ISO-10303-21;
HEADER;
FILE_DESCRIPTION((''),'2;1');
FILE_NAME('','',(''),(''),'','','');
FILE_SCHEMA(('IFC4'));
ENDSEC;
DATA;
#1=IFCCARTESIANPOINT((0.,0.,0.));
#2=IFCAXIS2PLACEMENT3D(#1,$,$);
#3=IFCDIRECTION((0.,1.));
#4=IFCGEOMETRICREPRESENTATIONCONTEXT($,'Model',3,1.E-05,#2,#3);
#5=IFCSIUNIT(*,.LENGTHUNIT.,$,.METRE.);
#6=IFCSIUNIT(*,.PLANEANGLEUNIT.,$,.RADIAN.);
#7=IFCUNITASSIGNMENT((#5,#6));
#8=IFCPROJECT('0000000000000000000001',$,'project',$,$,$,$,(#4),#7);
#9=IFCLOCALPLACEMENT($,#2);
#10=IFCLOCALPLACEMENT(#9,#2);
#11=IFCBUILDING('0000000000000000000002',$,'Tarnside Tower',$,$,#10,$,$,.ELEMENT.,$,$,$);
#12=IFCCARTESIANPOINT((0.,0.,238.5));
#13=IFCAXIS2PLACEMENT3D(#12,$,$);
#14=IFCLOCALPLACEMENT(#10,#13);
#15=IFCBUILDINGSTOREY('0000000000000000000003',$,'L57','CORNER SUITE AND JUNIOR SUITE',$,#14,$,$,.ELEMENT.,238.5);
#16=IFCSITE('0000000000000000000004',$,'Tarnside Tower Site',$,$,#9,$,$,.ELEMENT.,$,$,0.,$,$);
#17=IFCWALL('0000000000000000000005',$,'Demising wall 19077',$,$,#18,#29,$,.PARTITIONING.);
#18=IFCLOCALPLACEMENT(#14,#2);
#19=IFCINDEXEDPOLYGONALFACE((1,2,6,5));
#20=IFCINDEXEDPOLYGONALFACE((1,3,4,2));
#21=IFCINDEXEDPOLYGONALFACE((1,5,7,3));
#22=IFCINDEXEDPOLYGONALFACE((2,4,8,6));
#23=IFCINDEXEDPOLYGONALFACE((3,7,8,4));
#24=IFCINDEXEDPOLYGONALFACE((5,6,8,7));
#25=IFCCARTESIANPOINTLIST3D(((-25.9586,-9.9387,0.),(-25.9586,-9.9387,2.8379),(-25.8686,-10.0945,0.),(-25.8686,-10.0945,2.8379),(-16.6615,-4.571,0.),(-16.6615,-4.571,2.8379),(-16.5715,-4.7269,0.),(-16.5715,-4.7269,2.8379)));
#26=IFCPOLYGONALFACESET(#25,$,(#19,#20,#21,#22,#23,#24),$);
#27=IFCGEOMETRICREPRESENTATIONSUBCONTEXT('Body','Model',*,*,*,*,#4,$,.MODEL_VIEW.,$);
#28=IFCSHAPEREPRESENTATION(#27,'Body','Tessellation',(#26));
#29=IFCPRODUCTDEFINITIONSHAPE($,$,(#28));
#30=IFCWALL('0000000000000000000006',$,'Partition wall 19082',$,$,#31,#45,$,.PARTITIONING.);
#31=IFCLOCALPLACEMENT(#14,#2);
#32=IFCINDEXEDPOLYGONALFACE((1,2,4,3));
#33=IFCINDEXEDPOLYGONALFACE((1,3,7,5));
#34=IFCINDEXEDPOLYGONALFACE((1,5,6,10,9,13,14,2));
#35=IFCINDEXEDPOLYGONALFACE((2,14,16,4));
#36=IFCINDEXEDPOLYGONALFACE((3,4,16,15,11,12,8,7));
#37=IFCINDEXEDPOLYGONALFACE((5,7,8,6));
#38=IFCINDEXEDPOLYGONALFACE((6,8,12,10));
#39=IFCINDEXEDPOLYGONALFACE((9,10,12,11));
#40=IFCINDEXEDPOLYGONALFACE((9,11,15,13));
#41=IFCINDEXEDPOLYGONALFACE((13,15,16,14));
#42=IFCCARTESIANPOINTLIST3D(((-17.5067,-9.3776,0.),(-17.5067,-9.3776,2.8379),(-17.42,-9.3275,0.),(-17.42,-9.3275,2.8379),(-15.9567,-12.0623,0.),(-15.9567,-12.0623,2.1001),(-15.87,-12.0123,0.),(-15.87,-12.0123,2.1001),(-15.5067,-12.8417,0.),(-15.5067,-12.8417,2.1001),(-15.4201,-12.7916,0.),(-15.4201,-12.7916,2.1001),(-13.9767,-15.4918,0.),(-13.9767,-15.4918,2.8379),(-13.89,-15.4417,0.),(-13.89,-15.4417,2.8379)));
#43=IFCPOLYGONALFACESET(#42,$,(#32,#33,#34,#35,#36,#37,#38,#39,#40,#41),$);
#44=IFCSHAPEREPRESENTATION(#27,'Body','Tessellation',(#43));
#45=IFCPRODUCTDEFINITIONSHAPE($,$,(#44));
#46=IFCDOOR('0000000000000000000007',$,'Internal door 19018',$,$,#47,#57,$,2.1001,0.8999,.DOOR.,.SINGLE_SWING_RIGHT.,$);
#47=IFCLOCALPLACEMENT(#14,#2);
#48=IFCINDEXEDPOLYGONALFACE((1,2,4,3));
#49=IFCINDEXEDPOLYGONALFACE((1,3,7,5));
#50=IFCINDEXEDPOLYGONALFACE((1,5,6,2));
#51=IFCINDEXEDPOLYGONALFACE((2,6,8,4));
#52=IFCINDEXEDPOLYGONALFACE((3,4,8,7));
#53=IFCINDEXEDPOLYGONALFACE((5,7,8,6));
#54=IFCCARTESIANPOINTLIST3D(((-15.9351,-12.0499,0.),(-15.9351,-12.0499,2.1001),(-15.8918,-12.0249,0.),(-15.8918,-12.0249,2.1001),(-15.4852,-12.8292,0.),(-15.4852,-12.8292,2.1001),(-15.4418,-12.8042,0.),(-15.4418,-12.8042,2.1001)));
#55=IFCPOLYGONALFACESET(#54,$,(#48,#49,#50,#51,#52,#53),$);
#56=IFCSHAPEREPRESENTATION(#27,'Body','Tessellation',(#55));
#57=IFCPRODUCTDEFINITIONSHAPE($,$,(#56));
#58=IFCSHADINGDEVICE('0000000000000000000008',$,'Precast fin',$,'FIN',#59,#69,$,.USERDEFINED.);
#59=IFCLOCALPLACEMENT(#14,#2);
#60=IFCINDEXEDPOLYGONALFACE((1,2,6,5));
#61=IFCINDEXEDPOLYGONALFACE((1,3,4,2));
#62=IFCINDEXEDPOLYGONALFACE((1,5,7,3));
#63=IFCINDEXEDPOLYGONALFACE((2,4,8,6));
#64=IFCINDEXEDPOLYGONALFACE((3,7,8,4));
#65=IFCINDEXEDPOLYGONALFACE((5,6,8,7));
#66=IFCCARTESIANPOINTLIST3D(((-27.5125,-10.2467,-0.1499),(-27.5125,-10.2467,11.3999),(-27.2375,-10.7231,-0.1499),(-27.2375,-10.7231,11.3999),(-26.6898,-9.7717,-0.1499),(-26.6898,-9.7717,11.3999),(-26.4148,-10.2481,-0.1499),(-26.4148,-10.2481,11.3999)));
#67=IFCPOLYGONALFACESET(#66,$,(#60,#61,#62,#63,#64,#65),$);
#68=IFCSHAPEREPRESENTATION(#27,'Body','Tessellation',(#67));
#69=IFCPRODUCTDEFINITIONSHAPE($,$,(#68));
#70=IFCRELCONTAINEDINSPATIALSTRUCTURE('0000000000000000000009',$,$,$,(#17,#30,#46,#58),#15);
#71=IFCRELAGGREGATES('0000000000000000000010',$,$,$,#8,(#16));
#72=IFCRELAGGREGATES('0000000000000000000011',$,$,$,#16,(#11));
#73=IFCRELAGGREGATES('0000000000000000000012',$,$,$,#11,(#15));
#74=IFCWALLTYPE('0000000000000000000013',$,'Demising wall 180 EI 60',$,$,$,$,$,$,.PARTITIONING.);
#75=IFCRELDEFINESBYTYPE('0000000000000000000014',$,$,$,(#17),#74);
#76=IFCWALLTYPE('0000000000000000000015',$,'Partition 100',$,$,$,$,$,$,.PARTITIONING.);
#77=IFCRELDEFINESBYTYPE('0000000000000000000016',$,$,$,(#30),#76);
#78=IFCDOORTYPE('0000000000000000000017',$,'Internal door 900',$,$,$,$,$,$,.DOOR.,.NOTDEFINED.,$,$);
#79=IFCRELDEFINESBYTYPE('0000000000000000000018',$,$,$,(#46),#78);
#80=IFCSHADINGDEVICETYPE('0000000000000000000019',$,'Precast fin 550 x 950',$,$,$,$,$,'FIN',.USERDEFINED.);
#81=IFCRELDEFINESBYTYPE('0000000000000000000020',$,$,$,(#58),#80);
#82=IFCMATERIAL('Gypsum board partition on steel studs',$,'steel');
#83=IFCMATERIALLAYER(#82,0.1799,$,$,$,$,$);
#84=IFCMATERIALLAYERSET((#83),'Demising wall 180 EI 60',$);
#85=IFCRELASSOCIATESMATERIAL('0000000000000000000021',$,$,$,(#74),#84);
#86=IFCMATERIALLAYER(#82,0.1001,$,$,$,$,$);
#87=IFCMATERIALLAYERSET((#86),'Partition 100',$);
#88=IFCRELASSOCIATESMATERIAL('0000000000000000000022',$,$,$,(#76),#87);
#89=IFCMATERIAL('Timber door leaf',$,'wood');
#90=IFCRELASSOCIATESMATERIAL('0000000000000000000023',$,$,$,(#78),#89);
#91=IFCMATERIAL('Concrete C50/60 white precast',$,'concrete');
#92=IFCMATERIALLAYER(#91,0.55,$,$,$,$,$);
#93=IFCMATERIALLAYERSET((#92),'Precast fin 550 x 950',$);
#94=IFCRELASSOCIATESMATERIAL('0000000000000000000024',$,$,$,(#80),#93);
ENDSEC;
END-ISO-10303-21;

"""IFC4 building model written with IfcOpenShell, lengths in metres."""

from ifc_helpers import new_model, si_unit, direction, frame, frame_2d, origin, place, context, subcontext, project, spatial, polyline, rectangle, outline, extrude, material, layer, layer_set, type_object, element, fill, save


model = new_model("IFC4")

# Units and contexts
model_context = context("Model", 3, precision=1e-05, world=origin(), true_north=direction((0.0, 1.0)))
body_context = subcontext(model_context, "Body", "Model", "MODEL_VIEW")
ifc_project = project(units=[si_unit("LENGTHUNIT", "METRE"), si_unit("PLANEANGLEUNIT", "RADIAN")], contexts=[model_context])

# Site, building, storey
site_placement = place(None, origin())
site = spatial("IfcSite", under=ifc_project, at=site_placement, Name="Tarnside Tower Site", CompositionType="ELEMENT", RefElevation=0.0)
building_placement = place(site_placement, origin())
building = spatial("IfcBuilding", under=site, at=building_placement, Name="Tarnside Tower", CompositionType="ELEMENT")
storey_placement = place(building_placement, frame((0.0, 0.0, 238.5)))
storey = spatial("IfcBuildingStorey", under=building, at=storey_placement, Name="L57", Description="CORNER SUITE AND JUNIOR SUITE", CompositionType="ELEMENT", Elevation=238.5)

# Shared definitions
ifc_material_1 = material(Name="Gypsum board partition on steel studs", Category="steel")

# Shared definitions
ifc_material_2 = material(Name="Timber door leaf", Category="wood")

# Wall
ifc_layer_1 = layer(ifc_material_1, 0.1799)
ifc_layer_set_1 = layer_set([ifc_layer_1], Name="Demising wall 180 EI 60")
wall_type_1 = type_object("IfcWallType", Name="Demising wall 180 EI 60", PredefinedType="PARTITIONING", material=ifc_layer_set_1)
wall_1_placement = place(storey_placement, frame((-25.9136, -10.0166, 0.0), z_axis=(0.0, 0.0, 1.0), x_axis=(0.866026, 0.499999, 0.0)))
element("IfcWall", 1, at=wall_1_placement, inside=storey, type_object=wall_type_1, Name="Demising wall 19077", PredefinedType="PARTITIONING", context=body_context, shape_type="SweptSolid", body=[
    extrude(rectangle(XDim=10.7354, YDim=0.1799, at=frame_2d((5.3677, 0.0))), origin(), (0.0, 0.0, 1.0), 2.8379),
])

# Wall, opening, door
ifc_layer_2 = layer(ifc_material_1, 0.1001)
ifc_layer_set_2 = layer_set([ifc_layer_2], Name="Partition 100")
wall_type_2 = type_object("IfcWallType", Name="Partition 100", PredefinedType="PARTITIONING", material=ifc_layer_set_2)
wall_2_placement = place(storey_placement, frame((-17.4634, -9.3525, 0.0), z_axis=(0.0, 0.0, 1.0), x_axis=(0.499996, -0.866028, 0.0)))
wall_2 = element("IfcWall", 2, at=wall_2_placement, inside=storey, type_object=wall_type_2, Name="Partition wall 19082", PredefinedType="PARTITIONING", context=body_context, shape_type="SweptSolid", body=[
    extrude(rectangle(XDim=7.0601, YDim=0.1001, at=frame_2d((3.53, 0.0))), origin(), (0.0, 0.0, 1.0), 2.8379),
])
opening_1_placement = place(wall_2_placement, frame((3.1001, 0.0, 0.0)))
opening_1 = element("IfcOpeningElement", 3, at=opening_1_placement, cuts=wall_2, PredefinedType="OPENING", context=body_context, shape_type="SweptSolid", body=[
    extrude(rectangle(XDim=0.8999, YDim=2.1001, at=frame_2d((0.45, 1.05))), frame((0.0, 0.0601, 0.0), z_axis=(0.0, -1.0, 0.0), x_axis=(1.0, 0.0, 0.0)), (0.0, 0.0, 1.0), 0.1201),
])
door_type_1 = type_object("IfcDoorType", Name="Internal door 900", OperationType="NOTDEFINED", PredefinedType="DOOR", material=ifc_material_2)
door_1_placement = place(opening_1_placement, origin())
door_1 = element("IfcDoor", 4, at=door_1_placement, inside=storey, type_object=door_type_1, Name="Internal door 19018", OperationType="SINGLE_SWING_RIGHT", OverallHeight=2.1001, OverallWidth=0.8999, PredefinedType="DOOR", context=body_context, shape_type="SweptSolid", body=[
    extrude(rectangle(XDim=0.8999, YDim=2.1001, at=frame_2d((0.45, 1.05))), frame((0.0, 0.0249, 0.0), z_axis=(0.0, -1.0, 0.0), x_axis=(1.0, 0.0, 0.0)), (0.0, 0.0, 1.0), 0.05),
])
fill(opening_1, door_1)

# Shading device
ifc_material_3 = material(Name="Concrete C50/60 white precast", Category="concrete")
ifc_layer_3 = layer(ifc_material_3, 0.55)
ifc_layer_set_3 = layer_set([ifc_layer_3], Name="Precast fin 550 x 950")
shading_device_type = type_object("IfcShadingDeviceType", Name="Precast fin 550 x 950", ElementType="FIN", PredefinedType="USERDEFINED", material=ifc_layer_set_3)
shading_device_placement = place(storey_placement, frame((-26.5522, -10.01, -0.1499), z_axis=(-0.5, 0.866025, 0.0), x_axis=(-0.866025, -0.5, 0.0)))
element("IfcShadingDevice", 5, at=shading_device_placement, inside=storey, type_object=shading_device_type, Name="Precast fin", ObjectType="FIN", PredefinedType="USERDEFINED", context=body_context, shape_type="SweptSolid", body=[
    extrude(outline(polyline([(0.0, 0.0), (0.95, 0.0), (0.95, 11.5498), (0.0, 11.5498), (0.0, 0.0)])), frame((0.0, 0.0, -0.2749)), (0.0, 0.0, 1.0), 0.55),
])

save(model, "model.ifc")
